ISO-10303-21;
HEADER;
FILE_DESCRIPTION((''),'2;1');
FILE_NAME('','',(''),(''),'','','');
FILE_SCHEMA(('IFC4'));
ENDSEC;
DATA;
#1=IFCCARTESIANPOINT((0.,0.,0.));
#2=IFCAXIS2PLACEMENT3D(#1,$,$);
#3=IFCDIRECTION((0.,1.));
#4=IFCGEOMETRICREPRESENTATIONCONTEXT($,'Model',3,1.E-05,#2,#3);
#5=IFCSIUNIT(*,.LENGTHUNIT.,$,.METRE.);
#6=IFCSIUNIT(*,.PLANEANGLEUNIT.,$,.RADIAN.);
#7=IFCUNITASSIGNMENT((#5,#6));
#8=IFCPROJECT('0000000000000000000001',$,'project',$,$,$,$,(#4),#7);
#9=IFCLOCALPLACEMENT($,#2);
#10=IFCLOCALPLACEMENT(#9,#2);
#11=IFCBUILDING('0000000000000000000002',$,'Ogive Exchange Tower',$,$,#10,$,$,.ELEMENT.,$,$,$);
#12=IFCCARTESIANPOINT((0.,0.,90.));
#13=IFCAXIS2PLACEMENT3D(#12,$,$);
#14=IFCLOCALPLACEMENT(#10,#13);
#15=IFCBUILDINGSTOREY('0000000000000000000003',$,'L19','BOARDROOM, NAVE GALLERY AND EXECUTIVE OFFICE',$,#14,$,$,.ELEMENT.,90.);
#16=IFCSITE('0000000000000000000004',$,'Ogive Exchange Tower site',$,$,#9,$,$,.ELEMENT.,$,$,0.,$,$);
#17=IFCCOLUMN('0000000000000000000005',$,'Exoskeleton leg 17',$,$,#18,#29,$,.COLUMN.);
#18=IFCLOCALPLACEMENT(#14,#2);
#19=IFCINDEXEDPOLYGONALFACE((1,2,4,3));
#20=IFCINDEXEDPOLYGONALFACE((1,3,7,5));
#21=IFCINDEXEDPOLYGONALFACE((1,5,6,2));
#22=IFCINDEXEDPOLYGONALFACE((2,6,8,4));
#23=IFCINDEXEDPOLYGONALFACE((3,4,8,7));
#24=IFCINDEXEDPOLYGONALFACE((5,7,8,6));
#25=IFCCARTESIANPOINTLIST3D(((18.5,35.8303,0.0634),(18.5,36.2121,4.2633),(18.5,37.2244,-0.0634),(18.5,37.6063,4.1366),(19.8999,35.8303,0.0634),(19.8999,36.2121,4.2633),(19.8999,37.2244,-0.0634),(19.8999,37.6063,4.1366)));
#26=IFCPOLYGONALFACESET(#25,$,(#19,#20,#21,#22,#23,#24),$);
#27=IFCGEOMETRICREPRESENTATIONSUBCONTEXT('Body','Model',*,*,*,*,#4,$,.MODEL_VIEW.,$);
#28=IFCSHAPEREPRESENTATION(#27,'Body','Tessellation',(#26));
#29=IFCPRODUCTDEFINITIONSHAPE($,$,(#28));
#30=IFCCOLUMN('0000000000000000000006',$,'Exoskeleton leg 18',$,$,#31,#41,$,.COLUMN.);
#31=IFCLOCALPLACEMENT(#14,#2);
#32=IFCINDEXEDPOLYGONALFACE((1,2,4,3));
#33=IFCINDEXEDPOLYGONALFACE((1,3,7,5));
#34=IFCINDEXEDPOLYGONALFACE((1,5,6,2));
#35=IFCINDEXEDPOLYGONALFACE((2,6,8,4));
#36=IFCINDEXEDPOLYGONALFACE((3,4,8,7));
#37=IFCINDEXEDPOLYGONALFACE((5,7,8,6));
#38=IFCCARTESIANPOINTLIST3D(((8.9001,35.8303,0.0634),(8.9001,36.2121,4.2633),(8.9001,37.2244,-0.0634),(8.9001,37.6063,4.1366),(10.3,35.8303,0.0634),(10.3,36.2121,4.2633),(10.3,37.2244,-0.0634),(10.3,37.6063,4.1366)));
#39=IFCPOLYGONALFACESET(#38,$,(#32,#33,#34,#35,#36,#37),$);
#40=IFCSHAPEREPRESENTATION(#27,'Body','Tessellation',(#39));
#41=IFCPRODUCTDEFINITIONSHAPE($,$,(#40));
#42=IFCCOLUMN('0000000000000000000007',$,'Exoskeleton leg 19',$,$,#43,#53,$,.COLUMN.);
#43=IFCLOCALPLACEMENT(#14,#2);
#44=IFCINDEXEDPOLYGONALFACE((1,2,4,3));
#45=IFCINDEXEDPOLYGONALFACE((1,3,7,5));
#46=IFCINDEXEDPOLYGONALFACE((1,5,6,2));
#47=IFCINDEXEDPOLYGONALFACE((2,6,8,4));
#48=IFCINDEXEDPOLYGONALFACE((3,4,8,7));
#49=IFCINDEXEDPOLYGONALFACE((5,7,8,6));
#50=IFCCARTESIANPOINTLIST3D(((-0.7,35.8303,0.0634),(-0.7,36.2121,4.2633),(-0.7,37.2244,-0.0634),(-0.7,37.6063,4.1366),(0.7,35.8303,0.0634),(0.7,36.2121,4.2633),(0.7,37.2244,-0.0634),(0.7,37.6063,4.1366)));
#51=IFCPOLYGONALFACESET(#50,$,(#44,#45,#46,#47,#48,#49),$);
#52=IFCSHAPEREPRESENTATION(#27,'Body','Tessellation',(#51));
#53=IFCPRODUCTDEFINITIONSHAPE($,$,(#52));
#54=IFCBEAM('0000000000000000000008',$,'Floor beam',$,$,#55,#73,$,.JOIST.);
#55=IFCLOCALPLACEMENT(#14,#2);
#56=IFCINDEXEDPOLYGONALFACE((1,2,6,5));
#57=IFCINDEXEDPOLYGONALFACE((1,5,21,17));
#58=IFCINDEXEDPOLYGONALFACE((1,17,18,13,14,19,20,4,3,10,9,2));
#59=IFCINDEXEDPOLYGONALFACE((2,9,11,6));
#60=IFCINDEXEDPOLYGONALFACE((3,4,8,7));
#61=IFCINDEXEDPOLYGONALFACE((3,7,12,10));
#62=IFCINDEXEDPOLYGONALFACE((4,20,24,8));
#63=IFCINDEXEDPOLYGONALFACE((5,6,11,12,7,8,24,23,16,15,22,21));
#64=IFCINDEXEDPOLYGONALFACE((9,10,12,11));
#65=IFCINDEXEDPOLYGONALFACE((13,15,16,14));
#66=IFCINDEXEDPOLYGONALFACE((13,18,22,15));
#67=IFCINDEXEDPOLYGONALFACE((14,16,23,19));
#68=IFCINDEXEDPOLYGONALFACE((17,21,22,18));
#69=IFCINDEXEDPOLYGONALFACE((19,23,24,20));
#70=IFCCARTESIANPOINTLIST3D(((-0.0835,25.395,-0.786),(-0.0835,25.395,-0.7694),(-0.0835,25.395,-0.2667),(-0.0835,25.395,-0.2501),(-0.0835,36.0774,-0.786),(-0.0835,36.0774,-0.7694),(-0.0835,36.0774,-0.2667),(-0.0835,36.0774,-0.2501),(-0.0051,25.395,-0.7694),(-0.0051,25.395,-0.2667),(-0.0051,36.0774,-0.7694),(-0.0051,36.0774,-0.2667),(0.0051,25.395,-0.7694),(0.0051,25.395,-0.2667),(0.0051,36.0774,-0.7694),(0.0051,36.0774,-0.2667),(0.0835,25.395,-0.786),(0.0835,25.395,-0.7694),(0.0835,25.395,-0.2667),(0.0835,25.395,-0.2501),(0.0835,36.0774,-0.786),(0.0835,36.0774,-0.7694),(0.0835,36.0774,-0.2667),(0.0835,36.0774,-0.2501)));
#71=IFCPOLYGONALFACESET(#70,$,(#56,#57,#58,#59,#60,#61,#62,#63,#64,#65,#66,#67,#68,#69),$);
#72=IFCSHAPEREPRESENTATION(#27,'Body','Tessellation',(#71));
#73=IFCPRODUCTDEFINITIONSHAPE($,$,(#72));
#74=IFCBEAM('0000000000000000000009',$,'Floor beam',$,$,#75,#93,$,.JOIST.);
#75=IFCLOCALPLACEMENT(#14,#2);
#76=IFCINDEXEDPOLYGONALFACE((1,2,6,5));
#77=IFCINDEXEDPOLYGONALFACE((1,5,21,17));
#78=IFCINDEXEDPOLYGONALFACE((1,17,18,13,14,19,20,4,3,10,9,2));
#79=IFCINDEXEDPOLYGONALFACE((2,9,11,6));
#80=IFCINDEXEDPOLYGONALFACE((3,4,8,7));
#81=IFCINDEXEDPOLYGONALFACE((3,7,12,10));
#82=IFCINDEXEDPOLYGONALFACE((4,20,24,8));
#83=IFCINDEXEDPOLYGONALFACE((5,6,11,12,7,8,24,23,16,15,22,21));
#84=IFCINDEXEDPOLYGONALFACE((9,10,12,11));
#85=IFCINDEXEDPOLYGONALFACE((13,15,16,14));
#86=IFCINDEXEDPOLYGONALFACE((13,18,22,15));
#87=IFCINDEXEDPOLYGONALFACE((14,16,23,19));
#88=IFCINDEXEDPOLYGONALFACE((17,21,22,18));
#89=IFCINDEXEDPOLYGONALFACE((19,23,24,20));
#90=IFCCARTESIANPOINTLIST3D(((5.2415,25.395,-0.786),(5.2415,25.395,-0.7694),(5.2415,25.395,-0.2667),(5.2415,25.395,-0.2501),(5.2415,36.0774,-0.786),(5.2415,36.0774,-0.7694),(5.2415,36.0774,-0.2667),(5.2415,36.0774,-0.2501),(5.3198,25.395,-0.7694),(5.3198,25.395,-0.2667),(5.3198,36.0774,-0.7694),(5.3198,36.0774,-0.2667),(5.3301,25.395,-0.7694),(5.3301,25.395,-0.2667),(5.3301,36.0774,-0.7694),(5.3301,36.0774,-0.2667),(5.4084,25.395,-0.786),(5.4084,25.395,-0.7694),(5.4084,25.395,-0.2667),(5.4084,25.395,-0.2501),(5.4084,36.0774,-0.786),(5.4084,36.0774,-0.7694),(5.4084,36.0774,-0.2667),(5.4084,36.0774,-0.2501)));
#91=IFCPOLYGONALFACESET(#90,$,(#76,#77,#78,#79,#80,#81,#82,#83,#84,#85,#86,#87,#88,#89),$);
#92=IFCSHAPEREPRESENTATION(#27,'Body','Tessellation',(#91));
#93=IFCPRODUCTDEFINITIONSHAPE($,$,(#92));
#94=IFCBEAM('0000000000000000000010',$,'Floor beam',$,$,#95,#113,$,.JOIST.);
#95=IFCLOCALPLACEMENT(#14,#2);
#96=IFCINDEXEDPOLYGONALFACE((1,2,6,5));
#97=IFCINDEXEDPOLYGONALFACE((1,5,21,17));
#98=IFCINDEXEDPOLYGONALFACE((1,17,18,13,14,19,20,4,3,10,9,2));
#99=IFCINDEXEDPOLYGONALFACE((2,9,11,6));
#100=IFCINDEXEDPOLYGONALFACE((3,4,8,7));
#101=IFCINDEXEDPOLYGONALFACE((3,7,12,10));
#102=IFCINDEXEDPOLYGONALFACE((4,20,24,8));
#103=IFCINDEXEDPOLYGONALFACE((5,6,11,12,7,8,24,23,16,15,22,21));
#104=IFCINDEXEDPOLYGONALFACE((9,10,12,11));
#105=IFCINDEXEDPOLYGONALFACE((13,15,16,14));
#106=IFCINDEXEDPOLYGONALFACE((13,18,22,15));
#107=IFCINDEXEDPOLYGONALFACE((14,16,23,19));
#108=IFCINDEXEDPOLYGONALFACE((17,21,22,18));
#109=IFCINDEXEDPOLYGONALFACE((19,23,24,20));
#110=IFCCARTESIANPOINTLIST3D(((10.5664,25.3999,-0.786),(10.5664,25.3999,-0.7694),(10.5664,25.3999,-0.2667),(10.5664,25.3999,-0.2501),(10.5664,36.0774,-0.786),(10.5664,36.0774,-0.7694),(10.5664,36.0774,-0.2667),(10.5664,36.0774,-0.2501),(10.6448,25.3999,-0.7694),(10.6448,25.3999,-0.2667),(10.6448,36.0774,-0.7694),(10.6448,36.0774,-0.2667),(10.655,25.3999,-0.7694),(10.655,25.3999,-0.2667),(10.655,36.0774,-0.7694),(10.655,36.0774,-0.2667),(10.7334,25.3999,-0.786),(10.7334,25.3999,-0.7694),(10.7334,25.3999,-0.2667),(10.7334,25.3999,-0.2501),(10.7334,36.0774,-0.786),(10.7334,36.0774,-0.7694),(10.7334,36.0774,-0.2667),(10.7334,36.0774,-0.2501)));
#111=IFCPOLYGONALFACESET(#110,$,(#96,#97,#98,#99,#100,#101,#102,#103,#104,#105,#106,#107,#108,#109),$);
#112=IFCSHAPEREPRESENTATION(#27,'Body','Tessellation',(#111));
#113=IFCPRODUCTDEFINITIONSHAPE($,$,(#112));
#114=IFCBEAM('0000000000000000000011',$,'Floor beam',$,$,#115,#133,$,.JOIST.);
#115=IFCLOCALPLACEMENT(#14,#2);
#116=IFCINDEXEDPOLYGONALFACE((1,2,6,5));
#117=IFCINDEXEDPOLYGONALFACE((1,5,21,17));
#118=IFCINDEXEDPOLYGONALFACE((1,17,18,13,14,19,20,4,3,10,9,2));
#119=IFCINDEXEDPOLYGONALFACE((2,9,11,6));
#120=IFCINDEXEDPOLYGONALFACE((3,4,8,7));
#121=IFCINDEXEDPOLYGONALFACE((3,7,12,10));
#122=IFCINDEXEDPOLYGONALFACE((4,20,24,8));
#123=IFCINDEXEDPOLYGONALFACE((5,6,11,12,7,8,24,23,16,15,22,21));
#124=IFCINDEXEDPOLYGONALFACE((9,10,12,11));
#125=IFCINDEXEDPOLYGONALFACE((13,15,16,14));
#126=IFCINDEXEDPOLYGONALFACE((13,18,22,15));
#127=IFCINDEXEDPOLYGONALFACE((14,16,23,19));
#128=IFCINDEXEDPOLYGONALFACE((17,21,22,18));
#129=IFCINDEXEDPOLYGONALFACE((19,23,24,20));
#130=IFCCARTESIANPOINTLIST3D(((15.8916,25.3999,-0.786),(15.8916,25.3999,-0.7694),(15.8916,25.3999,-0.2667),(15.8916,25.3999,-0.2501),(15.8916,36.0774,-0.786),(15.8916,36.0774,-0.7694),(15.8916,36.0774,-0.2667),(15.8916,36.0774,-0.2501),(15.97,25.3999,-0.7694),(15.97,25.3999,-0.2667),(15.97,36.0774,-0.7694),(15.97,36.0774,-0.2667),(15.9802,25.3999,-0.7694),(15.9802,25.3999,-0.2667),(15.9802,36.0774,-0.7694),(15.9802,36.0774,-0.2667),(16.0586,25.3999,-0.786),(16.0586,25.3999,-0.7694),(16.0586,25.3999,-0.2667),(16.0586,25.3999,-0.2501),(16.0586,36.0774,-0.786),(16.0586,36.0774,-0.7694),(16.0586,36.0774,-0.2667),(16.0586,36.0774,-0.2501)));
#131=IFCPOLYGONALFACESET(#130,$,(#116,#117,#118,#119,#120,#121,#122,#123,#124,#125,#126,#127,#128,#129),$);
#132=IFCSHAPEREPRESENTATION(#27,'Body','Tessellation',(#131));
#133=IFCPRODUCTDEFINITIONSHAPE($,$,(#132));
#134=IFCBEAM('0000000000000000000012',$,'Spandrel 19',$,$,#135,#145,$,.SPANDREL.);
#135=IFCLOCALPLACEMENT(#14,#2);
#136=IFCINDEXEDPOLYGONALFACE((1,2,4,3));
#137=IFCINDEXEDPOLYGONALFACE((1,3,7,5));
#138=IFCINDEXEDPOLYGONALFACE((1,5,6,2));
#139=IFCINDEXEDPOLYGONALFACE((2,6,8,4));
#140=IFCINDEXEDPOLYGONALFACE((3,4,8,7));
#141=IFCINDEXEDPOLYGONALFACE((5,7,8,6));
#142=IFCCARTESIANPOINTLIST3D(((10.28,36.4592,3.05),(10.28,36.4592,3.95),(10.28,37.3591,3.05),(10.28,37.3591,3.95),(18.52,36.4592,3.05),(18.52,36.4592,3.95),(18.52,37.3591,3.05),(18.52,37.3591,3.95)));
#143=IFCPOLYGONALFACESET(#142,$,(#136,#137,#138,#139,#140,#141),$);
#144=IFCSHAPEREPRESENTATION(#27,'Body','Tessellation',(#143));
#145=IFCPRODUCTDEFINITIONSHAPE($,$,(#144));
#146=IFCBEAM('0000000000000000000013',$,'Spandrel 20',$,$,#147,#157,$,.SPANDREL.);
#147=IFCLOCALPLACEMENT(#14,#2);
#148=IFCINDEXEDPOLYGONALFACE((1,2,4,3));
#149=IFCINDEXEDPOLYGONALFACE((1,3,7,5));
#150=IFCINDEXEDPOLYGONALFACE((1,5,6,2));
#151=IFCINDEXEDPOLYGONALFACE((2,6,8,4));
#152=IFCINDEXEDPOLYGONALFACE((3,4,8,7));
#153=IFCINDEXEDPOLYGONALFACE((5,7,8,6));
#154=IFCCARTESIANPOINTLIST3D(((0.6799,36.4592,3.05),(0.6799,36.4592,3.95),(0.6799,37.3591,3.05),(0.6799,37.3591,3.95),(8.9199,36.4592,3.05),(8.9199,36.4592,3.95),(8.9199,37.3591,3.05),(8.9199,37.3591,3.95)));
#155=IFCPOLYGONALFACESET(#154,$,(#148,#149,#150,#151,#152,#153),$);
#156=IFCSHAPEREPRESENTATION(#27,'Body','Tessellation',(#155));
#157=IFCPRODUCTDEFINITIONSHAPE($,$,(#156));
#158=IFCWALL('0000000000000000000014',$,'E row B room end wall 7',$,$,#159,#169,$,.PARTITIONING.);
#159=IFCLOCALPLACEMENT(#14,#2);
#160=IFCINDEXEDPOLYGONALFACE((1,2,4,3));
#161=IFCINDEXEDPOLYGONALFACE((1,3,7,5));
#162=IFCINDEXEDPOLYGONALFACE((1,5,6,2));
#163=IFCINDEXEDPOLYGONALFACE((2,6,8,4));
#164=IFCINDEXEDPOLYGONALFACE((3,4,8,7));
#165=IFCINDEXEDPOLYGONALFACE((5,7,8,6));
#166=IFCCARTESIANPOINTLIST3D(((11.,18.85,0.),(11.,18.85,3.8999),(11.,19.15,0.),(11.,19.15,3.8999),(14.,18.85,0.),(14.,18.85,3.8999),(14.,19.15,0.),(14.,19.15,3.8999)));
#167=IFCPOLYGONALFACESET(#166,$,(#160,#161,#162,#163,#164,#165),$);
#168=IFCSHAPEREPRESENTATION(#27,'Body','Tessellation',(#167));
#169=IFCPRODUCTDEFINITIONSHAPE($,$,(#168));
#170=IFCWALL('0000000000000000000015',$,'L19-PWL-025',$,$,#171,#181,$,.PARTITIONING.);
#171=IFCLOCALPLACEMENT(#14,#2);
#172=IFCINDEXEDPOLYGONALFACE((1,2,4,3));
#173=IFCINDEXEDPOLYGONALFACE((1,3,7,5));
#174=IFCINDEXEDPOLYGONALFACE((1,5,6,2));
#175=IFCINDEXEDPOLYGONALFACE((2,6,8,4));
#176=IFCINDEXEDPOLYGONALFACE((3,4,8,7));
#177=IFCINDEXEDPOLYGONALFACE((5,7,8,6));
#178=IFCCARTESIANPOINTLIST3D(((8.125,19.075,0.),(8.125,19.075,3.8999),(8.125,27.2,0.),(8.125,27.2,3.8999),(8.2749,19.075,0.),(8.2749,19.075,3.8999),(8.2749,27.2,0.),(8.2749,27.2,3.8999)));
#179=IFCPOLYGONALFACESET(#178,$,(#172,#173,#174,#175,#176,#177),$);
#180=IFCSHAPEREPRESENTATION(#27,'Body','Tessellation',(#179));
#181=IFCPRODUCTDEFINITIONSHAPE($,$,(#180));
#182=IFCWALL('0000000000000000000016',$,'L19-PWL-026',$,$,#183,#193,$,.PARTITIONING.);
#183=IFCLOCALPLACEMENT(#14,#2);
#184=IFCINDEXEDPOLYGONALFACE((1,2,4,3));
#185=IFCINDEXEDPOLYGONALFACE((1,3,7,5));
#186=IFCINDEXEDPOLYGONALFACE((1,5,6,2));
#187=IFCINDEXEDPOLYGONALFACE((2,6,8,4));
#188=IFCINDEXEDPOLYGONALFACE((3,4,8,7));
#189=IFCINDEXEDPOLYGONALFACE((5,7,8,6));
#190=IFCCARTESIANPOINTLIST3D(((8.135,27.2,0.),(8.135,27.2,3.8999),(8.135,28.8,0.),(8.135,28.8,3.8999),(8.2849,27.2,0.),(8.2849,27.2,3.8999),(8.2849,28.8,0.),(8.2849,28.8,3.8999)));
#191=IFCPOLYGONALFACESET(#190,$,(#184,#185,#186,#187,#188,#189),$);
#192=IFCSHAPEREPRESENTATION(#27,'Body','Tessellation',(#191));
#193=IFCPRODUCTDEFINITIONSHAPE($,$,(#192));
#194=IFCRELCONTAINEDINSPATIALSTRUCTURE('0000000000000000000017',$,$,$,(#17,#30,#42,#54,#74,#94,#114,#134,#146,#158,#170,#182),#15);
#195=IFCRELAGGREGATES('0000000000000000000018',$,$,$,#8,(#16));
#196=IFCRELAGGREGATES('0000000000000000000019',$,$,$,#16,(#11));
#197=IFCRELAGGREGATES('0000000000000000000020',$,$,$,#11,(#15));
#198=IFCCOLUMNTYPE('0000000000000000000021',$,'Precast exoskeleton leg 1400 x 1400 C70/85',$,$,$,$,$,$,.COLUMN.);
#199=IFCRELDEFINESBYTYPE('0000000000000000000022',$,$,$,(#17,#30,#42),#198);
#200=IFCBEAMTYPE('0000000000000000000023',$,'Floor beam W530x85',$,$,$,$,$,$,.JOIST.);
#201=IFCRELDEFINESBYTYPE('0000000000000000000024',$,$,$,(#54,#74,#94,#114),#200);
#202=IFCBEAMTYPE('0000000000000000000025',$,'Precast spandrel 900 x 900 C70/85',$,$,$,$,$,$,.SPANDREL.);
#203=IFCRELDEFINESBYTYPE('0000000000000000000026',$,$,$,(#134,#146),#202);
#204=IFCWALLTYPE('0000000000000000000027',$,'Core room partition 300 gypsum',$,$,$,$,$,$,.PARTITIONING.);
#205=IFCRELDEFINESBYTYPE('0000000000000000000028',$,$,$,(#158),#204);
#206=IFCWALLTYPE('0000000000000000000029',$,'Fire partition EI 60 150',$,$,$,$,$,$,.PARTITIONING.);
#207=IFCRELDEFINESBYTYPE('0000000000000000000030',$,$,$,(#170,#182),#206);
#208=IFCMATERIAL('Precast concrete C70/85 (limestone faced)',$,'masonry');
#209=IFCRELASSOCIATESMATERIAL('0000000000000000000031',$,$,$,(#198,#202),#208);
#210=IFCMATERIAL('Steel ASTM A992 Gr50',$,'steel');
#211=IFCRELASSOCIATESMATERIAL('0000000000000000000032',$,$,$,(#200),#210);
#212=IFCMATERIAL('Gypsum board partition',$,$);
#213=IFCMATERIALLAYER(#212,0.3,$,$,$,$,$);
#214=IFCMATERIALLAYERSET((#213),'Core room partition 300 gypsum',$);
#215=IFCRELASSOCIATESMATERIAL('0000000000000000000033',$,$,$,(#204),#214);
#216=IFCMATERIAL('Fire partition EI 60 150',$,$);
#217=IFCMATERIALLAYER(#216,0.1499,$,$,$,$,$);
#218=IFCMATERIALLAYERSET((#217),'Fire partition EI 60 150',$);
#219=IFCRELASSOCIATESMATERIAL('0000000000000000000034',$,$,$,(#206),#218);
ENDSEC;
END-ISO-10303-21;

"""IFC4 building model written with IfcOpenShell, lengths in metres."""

from ifc_helpers import new_model, si_unit, direction, frame, frame_2d, origin, origin_2d, place, context, subcontext, project, spatial, rectangle, i_section, extrude, material, layer, layer_set, material_profile, profile_set, type_object, element, save


model = new_model("IFC4")

# Units and contexts
model_context = context("Model", 3, precision=1e-05, world=origin(), true_north=direction((0.0, 1.0)))
body_context = subcontext(model_context, "Body", "Model", "MODEL_VIEW")
ifc_project = project(units=[si_unit("LENGTHUNIT", "METRE"), si_unit("PLANEANGLEUNIT", "RADIAN")], contexts=[model_context])

# Site, building, storey
site_placement = place(None, origin())
site = spatial("IfcSite", under=ifc_project, at=site_placement, Name="Ogive Exchange Tower site", CompositionType="ELEMENT", RefElevation=0.0)
building_placement = place(site_placement, origin())
building = spatial("IfcBuilding", under=site, at=building_placement, Name="Ogive Exchange Tower", CompositionType="ELEMENT")
storey_placement = place(building_placement, frame((0.0, 0.0, 90.0)))
storey = spatial("IfcBuildingStorey", under=building, at=storey_placement, Name="L19", Description="BOARDROOM, NAVE GALLERY AND EXECUTIVE OFFICE", CompositionType="ELEMENT", Elevation=90.0)

# Columns
ifc_material_1 = material(Name="Precast concrete C70/85 (limestone faced)", Category="masonry")
ifc_material_profile_1 = material_profile(ifc_material_1, rectangle(XDim=1.3999, YDim=1.3999, at=origin_2d()), Name="1400 x 1400")
ifc_profile_set_1 = profile_set([ifc_material_profile_1], Name="Precast concrete C70/85 (limestone faced)")
column_type = type_object("IfcColumnType", Name="Precast exoskeleton leg 1400 x 1400 C70/85", PredefinedType="COLUMN", material=ifc_profile_set_1)
for number, where, z_axis, x_axis, name in (
    (1, (19.2, 36.5273, 0.0), (0.0, 0.090541, 0.995893), (-1.0, 0.0, 0.0), "Exoskeleton leg 17"),
    (2, (9.6001, 36.5273, 0.0), (0.0, 0.090541, 0.995893), (-1.0, 0.0, 0.0), "Exoskeleton leg 18"),
    (3, (0.0, 36.5273, 0.0), (0.0, 0.090541, 0.995893), (-1.0, 0.0, 0.0), "Exoskeleton leg 19"),
):
    element("IfcColumn", number, at=place(storey_placement, frame(where, z_axis=z_axis, x_axis=x_axis)), inside=storey, type_object=column_type, Name=name, PredefinedType="COLUMN", context=body_context, shape_type="SweptSolid", body=[
        extrude(rectangle(XDim=1.3999, YDim=1.3999, at=origin_2d()), origin(), (0.0, 0.0, 1.0), 4.2173),
    ])

# Beams
ifc_material_2 = material(Name="Steel ASTM A992 Gr50", Category="steel")
ifc_material_profile_2 = material_profile(ifc_material_2, i_section(OverallWidth=0.167, OverallDepth=0.5359, WebThickness=0.0103, FlangeThickness=0.0166, at=origin_2d()), Name="W530x85")
ifc_profile_set_2 = profile_set([ifc_material_profile_2], Name="Steel ASTM A992 Gr50")
beam_type_1 = type_object("IfcBeamType", Name="Floor beam W530x85", PredefinedType="JOIST", material=ifc_profile_set_2)
for number, where, z_axis, x_axis, name in (
    (4, (0.0, 25.395, -0.5181), (0.0, 1.0, 0.0), (-1.0, 0.0, 0.0), "Floor beam"),
    (5, (5.325, 25.395, -0.5181), (0.0, 1.0, 0.0), (-1.0, 0.0, 0.0), "Floor beam"),
):
    element("IfcBeam", number, at=place(storey_placement, frame(where, z_axis=z_axis, x_axis=x_axis)), inside=storey, type_object=beam_type_1, Name=name, PredefinedType="JOIST", context=body_context, shape_type="SweptSolid", body=[
        extrude(i_section(OverallWidth=0.167, OverallDepth=0.5359, WebThickness=0.0103, FlangeThickness=0.0166, at=origin_2d()), origin(), (0.0, 0.0, 1.0), 10.6824),
    ])
for number, where, z_axis, x_axis, name in (
    (6, (10.6499, 25.3999, -0.5181), (0.0, 1.0, 0.0), (-1.0, 0.0, 0.0), "Floor beam"),
    (7, (15.9751, 25.3999, -0.5181), (0.0, 1.0, 0.0), (-1.0, 0.0, 0.0), "Floor beam"),
):
    element("IfcBeam", number, at=place(storey_placement, frame(where, z_axis=z_axis, x_axis=x_axis)), inside=storey, type_object=beam_type_1, Name=name, PredefinedType="JOIST", context=body_context, shape_type="SweptSolid", body=[
        extrude(i_section(OverallWidth=0.167, OverallDepth=0.5359, WebThickness=0.0103, FlangeThickness=0.0166, at=origin_2d()), origin(), (0.0, 0.0, 1.0), 10.6775),
    ])
ifc_material_profile_3 = material_profile(ifc_material_1, rectangle(XDim=0.8999, YDim=0.8999, at=origin_2d()), Name="900 x 900")
ifc_profile_set_3 = profile_set([ifc_material_profile_3], Name="Precast concrete C70/85 (limestone faced)")
beam_type_2 = type_object("IfcBeamType", Name="Precast spandrel 900 x 900 C70/85", PredefinedType="SPANDREL", material=ifc_profile_set_3)
for number, where, z_axis, x_axis, name in (
    (8, (18.52, 36.9092, 3.5), (-1.0, 0.0, 0.0), (0.0, -1.0, 0.0), "Spandrel 19"),
    (9, (8.9199, 36.9092, 3.5), (-1.0, 0.0, 0.0), (0.0, -1.0, 0.0), "Spandrel 20"),
):
    element("IfcBeam", number, at=place(storey_placement, frame(where, z_axis=z_axis, x_axis=x_axis)), inside=storey, type_object=beam_type_2, Name=name, PredefinedType="SPANDREL", context=body_context, shape_type="SweptSolid", body=[
        extrude(rectangle(XDim=0.8999, YDim=0.8999, at=origin_2d()), origin(), (0.0, 0.0, 1.0), 8.24),
    ])

# Walls
ifc_material_3 = material(Name="Gypsum board partition")
ifc_layer_1 = layer(ifc_material_3, 0.3)
ifc_layer_set_1 = layer_set([ifc_layer_1], Name="Core room partition 300 gypsum")
wall_type_1 = type_object("IfcWallType", Name="Core room partition 300 gypsum", PredefinedType="PARTITIONING", material=ifc_layer_set_1)
wall_1_placement = place(storey_placement, frame((11.0, 19.0, 0.0), z_axis=(0.0, 0.0, 1.0), x_axis=(1.0, 0.0, 0.0)))
element("IfcWall", 10, at=wall_1_placement, inside=storey, type_object=wall_type_1, Name="E row B room end wall 7", PredefinedType="PARTITIONING", context=body_context, shape_type="SweptSolid", body=[
    extrude(rectangle(XDim=3.0, YDim=0.3, at=frame_2d((1.5, 0.0))), origin(), (0.0, 0.0, 1.0), 3.8999),
])
ifc_material_4 = material(Name="Fire partition EI 60 150")
ifc_layer_2 = layer(ifc_material_4, 0.1499)
ifc_layer_set_2 = layer_set([ifc_layer_2], Name="Fire partition EI 60 150")
wall_type_2 = type_object("IfcWallType", Name="Fire partition EI 60 150", PredefinedType="PARTITIONING", material=ifc_layer_set_2)
wall_2_placement = place(storey_placement, frame((8.2, 19.075, 0.0), z_axis=(0.0, 0.0, 1.0), x_axis=(0.0, 1.0, 0.0)))
element("IfcWall", 11, at=wall_2_placement, inside=storey, type_object=wall_type_2, Name="L19-PWL-025", PredefinedType="PARTITIONING", context=body_context, shape_type="SweptSolid", body=[
    extrude(rectangle(XDim=8.125, YDim=0.1499, at=frame_2d((4.0625, 0.0))), origin(), (0.0, 0.0, 1.0), 3.8999),
])
wall_3_placement = place(storey_placement, frame((8.21, 27.2, 0.0), z_axis=(0.0, 0.0, 1.0), x_axis=(0.0, 1.0, 0.0)))
element("IfcWall", 12, at=wall_3_placement, inside=storey, type_object=wall_type_2, Name="L19-PWL-026", PredefinedType="PARTITIONING", context=body_context, shape_type="SweptSolid", body=[
    extrude(rectangle(XDim=1.6001, YDim=0.1499, at=frame_2d((0.8, 0.0))), origin(), (0.0, 0.0, 1.0), 3.8999),
])

save(model, "model.ifc")
